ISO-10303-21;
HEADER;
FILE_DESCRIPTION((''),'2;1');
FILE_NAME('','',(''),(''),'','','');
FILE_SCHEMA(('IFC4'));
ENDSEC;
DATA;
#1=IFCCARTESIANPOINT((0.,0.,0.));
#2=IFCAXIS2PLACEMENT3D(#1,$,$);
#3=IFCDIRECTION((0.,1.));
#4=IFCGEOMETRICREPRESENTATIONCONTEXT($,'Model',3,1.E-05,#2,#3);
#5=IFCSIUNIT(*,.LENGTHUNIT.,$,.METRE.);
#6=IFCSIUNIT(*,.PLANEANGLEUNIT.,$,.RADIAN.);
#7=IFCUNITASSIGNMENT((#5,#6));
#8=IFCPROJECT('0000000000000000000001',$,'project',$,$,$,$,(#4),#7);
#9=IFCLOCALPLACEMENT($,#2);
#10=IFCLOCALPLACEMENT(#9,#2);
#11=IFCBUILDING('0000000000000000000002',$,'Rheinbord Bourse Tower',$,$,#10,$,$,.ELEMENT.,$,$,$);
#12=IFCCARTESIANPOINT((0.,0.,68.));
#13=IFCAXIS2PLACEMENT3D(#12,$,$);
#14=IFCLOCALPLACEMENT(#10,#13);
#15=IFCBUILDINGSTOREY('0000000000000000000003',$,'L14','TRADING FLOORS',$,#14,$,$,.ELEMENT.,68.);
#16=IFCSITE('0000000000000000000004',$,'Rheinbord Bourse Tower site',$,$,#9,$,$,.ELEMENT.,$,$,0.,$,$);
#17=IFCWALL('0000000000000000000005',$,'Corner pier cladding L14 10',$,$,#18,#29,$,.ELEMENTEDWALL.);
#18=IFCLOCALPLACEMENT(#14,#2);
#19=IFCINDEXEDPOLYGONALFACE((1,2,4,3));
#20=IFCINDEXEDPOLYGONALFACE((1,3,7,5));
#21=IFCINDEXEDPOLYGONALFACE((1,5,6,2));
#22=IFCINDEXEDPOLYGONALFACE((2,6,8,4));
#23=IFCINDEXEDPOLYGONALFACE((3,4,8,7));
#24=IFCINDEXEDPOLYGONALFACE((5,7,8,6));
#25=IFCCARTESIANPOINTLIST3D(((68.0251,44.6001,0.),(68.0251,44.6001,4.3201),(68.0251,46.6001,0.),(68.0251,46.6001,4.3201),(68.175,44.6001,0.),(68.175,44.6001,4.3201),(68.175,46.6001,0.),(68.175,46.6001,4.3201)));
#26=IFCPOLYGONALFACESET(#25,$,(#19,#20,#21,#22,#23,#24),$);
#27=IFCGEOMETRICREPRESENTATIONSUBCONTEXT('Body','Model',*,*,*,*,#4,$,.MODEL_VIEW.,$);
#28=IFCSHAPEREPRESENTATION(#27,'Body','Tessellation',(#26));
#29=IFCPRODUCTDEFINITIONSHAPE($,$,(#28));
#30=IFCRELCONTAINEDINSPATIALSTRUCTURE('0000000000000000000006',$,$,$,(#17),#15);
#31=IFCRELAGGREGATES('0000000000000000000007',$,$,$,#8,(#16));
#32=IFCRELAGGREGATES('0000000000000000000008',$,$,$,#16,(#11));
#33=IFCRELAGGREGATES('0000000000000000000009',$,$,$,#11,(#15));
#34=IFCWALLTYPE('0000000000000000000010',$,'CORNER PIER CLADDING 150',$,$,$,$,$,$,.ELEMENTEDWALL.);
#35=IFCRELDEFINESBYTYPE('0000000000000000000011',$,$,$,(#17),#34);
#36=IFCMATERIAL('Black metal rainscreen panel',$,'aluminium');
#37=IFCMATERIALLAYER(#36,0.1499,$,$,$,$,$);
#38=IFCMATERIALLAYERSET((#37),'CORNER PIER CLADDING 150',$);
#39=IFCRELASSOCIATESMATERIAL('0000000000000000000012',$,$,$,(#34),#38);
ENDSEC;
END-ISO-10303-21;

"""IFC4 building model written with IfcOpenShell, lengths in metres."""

from ifc_helpers import new_model, si_unit, direction, frame, frame_2d, origin, place, context, subcontext, project, spatial, rectangle, extrude, material, layer, layer_set, type_object, element, save


model = new_model("IFC4")

# Units and contexts
model_context = context("Model", 3, precision=1e-05, world=origin(), true_north=direction((0.0, 1.0)))
body_context = subcontext(model_context, "Body", "Model", "MODEL_VIEW")
ifc_project = project(units=[si_unit("LENGTHUNIT", "METRE"), si_unit("PLANEANGLEUNIT", "RADIAN")], contexts=[model_context])

# Site, building, storey
site_placement = place(None, origin())
site = spatial("IfcSite", under=ifc_project, at=site_placement, Name="Rheinbord Bourse Tower site", CompositionType="ELEMENT", RefElevation=0.0)
building_placement = place(site_placement, origin())
building = spatial("IfcBuilding", under=site, at=building_placement, Name="Rheinbord Bourse Tower", CompositionType="ELEMENT")
storey_placement = place(building_placement, frame((0.0, 0.0, 68.0)))
storey = spatial("IfcBuildingStorey", under=building, at=storey_placement, Name="L14", Description="TRADING FLOORS", CompositionType="ELEMENT", Elevation=68.0)

# Wall
ifc_material_1 = material(Name="Black metal rainscreen panel", Category="aluminium")
ifc_layer_1 = layer(ifc_material_1, 0.1499)
ifc_layer_set_1 = layer_set([ifc_layer_1], Name="CORNER PIER CLADDING 150")
wall_type = type_object("IfcWallType", Name="CORNER PIER CLADDING 150", PredefinedType="ELEMENTEDWALL", material=ifc_layer_set_1)
wall_1_placement = place(storey_placement, frame((68.1001, 44.6001, 0.0), z_axis=(0.0, 0.0, 1.0), x_axis=(0.0, 1.0, 0.0)))
element("IfcWall", 1, at=wall_1_placement, inside=storey, type_object=wall_type, Name="Corner pier cladding L14 10", PredefinedType="ELEMENTEDWALL", context=body_context, shape_type="SweptSolid", body=[
    extrude(rectangle(XDim=2.0, YDim=0.1499, at=frame_2d((1.0, 0.0))), origin(), (0.0, 0.0, 1.0), 4.3201),
])

save(model, "model.ifc")
